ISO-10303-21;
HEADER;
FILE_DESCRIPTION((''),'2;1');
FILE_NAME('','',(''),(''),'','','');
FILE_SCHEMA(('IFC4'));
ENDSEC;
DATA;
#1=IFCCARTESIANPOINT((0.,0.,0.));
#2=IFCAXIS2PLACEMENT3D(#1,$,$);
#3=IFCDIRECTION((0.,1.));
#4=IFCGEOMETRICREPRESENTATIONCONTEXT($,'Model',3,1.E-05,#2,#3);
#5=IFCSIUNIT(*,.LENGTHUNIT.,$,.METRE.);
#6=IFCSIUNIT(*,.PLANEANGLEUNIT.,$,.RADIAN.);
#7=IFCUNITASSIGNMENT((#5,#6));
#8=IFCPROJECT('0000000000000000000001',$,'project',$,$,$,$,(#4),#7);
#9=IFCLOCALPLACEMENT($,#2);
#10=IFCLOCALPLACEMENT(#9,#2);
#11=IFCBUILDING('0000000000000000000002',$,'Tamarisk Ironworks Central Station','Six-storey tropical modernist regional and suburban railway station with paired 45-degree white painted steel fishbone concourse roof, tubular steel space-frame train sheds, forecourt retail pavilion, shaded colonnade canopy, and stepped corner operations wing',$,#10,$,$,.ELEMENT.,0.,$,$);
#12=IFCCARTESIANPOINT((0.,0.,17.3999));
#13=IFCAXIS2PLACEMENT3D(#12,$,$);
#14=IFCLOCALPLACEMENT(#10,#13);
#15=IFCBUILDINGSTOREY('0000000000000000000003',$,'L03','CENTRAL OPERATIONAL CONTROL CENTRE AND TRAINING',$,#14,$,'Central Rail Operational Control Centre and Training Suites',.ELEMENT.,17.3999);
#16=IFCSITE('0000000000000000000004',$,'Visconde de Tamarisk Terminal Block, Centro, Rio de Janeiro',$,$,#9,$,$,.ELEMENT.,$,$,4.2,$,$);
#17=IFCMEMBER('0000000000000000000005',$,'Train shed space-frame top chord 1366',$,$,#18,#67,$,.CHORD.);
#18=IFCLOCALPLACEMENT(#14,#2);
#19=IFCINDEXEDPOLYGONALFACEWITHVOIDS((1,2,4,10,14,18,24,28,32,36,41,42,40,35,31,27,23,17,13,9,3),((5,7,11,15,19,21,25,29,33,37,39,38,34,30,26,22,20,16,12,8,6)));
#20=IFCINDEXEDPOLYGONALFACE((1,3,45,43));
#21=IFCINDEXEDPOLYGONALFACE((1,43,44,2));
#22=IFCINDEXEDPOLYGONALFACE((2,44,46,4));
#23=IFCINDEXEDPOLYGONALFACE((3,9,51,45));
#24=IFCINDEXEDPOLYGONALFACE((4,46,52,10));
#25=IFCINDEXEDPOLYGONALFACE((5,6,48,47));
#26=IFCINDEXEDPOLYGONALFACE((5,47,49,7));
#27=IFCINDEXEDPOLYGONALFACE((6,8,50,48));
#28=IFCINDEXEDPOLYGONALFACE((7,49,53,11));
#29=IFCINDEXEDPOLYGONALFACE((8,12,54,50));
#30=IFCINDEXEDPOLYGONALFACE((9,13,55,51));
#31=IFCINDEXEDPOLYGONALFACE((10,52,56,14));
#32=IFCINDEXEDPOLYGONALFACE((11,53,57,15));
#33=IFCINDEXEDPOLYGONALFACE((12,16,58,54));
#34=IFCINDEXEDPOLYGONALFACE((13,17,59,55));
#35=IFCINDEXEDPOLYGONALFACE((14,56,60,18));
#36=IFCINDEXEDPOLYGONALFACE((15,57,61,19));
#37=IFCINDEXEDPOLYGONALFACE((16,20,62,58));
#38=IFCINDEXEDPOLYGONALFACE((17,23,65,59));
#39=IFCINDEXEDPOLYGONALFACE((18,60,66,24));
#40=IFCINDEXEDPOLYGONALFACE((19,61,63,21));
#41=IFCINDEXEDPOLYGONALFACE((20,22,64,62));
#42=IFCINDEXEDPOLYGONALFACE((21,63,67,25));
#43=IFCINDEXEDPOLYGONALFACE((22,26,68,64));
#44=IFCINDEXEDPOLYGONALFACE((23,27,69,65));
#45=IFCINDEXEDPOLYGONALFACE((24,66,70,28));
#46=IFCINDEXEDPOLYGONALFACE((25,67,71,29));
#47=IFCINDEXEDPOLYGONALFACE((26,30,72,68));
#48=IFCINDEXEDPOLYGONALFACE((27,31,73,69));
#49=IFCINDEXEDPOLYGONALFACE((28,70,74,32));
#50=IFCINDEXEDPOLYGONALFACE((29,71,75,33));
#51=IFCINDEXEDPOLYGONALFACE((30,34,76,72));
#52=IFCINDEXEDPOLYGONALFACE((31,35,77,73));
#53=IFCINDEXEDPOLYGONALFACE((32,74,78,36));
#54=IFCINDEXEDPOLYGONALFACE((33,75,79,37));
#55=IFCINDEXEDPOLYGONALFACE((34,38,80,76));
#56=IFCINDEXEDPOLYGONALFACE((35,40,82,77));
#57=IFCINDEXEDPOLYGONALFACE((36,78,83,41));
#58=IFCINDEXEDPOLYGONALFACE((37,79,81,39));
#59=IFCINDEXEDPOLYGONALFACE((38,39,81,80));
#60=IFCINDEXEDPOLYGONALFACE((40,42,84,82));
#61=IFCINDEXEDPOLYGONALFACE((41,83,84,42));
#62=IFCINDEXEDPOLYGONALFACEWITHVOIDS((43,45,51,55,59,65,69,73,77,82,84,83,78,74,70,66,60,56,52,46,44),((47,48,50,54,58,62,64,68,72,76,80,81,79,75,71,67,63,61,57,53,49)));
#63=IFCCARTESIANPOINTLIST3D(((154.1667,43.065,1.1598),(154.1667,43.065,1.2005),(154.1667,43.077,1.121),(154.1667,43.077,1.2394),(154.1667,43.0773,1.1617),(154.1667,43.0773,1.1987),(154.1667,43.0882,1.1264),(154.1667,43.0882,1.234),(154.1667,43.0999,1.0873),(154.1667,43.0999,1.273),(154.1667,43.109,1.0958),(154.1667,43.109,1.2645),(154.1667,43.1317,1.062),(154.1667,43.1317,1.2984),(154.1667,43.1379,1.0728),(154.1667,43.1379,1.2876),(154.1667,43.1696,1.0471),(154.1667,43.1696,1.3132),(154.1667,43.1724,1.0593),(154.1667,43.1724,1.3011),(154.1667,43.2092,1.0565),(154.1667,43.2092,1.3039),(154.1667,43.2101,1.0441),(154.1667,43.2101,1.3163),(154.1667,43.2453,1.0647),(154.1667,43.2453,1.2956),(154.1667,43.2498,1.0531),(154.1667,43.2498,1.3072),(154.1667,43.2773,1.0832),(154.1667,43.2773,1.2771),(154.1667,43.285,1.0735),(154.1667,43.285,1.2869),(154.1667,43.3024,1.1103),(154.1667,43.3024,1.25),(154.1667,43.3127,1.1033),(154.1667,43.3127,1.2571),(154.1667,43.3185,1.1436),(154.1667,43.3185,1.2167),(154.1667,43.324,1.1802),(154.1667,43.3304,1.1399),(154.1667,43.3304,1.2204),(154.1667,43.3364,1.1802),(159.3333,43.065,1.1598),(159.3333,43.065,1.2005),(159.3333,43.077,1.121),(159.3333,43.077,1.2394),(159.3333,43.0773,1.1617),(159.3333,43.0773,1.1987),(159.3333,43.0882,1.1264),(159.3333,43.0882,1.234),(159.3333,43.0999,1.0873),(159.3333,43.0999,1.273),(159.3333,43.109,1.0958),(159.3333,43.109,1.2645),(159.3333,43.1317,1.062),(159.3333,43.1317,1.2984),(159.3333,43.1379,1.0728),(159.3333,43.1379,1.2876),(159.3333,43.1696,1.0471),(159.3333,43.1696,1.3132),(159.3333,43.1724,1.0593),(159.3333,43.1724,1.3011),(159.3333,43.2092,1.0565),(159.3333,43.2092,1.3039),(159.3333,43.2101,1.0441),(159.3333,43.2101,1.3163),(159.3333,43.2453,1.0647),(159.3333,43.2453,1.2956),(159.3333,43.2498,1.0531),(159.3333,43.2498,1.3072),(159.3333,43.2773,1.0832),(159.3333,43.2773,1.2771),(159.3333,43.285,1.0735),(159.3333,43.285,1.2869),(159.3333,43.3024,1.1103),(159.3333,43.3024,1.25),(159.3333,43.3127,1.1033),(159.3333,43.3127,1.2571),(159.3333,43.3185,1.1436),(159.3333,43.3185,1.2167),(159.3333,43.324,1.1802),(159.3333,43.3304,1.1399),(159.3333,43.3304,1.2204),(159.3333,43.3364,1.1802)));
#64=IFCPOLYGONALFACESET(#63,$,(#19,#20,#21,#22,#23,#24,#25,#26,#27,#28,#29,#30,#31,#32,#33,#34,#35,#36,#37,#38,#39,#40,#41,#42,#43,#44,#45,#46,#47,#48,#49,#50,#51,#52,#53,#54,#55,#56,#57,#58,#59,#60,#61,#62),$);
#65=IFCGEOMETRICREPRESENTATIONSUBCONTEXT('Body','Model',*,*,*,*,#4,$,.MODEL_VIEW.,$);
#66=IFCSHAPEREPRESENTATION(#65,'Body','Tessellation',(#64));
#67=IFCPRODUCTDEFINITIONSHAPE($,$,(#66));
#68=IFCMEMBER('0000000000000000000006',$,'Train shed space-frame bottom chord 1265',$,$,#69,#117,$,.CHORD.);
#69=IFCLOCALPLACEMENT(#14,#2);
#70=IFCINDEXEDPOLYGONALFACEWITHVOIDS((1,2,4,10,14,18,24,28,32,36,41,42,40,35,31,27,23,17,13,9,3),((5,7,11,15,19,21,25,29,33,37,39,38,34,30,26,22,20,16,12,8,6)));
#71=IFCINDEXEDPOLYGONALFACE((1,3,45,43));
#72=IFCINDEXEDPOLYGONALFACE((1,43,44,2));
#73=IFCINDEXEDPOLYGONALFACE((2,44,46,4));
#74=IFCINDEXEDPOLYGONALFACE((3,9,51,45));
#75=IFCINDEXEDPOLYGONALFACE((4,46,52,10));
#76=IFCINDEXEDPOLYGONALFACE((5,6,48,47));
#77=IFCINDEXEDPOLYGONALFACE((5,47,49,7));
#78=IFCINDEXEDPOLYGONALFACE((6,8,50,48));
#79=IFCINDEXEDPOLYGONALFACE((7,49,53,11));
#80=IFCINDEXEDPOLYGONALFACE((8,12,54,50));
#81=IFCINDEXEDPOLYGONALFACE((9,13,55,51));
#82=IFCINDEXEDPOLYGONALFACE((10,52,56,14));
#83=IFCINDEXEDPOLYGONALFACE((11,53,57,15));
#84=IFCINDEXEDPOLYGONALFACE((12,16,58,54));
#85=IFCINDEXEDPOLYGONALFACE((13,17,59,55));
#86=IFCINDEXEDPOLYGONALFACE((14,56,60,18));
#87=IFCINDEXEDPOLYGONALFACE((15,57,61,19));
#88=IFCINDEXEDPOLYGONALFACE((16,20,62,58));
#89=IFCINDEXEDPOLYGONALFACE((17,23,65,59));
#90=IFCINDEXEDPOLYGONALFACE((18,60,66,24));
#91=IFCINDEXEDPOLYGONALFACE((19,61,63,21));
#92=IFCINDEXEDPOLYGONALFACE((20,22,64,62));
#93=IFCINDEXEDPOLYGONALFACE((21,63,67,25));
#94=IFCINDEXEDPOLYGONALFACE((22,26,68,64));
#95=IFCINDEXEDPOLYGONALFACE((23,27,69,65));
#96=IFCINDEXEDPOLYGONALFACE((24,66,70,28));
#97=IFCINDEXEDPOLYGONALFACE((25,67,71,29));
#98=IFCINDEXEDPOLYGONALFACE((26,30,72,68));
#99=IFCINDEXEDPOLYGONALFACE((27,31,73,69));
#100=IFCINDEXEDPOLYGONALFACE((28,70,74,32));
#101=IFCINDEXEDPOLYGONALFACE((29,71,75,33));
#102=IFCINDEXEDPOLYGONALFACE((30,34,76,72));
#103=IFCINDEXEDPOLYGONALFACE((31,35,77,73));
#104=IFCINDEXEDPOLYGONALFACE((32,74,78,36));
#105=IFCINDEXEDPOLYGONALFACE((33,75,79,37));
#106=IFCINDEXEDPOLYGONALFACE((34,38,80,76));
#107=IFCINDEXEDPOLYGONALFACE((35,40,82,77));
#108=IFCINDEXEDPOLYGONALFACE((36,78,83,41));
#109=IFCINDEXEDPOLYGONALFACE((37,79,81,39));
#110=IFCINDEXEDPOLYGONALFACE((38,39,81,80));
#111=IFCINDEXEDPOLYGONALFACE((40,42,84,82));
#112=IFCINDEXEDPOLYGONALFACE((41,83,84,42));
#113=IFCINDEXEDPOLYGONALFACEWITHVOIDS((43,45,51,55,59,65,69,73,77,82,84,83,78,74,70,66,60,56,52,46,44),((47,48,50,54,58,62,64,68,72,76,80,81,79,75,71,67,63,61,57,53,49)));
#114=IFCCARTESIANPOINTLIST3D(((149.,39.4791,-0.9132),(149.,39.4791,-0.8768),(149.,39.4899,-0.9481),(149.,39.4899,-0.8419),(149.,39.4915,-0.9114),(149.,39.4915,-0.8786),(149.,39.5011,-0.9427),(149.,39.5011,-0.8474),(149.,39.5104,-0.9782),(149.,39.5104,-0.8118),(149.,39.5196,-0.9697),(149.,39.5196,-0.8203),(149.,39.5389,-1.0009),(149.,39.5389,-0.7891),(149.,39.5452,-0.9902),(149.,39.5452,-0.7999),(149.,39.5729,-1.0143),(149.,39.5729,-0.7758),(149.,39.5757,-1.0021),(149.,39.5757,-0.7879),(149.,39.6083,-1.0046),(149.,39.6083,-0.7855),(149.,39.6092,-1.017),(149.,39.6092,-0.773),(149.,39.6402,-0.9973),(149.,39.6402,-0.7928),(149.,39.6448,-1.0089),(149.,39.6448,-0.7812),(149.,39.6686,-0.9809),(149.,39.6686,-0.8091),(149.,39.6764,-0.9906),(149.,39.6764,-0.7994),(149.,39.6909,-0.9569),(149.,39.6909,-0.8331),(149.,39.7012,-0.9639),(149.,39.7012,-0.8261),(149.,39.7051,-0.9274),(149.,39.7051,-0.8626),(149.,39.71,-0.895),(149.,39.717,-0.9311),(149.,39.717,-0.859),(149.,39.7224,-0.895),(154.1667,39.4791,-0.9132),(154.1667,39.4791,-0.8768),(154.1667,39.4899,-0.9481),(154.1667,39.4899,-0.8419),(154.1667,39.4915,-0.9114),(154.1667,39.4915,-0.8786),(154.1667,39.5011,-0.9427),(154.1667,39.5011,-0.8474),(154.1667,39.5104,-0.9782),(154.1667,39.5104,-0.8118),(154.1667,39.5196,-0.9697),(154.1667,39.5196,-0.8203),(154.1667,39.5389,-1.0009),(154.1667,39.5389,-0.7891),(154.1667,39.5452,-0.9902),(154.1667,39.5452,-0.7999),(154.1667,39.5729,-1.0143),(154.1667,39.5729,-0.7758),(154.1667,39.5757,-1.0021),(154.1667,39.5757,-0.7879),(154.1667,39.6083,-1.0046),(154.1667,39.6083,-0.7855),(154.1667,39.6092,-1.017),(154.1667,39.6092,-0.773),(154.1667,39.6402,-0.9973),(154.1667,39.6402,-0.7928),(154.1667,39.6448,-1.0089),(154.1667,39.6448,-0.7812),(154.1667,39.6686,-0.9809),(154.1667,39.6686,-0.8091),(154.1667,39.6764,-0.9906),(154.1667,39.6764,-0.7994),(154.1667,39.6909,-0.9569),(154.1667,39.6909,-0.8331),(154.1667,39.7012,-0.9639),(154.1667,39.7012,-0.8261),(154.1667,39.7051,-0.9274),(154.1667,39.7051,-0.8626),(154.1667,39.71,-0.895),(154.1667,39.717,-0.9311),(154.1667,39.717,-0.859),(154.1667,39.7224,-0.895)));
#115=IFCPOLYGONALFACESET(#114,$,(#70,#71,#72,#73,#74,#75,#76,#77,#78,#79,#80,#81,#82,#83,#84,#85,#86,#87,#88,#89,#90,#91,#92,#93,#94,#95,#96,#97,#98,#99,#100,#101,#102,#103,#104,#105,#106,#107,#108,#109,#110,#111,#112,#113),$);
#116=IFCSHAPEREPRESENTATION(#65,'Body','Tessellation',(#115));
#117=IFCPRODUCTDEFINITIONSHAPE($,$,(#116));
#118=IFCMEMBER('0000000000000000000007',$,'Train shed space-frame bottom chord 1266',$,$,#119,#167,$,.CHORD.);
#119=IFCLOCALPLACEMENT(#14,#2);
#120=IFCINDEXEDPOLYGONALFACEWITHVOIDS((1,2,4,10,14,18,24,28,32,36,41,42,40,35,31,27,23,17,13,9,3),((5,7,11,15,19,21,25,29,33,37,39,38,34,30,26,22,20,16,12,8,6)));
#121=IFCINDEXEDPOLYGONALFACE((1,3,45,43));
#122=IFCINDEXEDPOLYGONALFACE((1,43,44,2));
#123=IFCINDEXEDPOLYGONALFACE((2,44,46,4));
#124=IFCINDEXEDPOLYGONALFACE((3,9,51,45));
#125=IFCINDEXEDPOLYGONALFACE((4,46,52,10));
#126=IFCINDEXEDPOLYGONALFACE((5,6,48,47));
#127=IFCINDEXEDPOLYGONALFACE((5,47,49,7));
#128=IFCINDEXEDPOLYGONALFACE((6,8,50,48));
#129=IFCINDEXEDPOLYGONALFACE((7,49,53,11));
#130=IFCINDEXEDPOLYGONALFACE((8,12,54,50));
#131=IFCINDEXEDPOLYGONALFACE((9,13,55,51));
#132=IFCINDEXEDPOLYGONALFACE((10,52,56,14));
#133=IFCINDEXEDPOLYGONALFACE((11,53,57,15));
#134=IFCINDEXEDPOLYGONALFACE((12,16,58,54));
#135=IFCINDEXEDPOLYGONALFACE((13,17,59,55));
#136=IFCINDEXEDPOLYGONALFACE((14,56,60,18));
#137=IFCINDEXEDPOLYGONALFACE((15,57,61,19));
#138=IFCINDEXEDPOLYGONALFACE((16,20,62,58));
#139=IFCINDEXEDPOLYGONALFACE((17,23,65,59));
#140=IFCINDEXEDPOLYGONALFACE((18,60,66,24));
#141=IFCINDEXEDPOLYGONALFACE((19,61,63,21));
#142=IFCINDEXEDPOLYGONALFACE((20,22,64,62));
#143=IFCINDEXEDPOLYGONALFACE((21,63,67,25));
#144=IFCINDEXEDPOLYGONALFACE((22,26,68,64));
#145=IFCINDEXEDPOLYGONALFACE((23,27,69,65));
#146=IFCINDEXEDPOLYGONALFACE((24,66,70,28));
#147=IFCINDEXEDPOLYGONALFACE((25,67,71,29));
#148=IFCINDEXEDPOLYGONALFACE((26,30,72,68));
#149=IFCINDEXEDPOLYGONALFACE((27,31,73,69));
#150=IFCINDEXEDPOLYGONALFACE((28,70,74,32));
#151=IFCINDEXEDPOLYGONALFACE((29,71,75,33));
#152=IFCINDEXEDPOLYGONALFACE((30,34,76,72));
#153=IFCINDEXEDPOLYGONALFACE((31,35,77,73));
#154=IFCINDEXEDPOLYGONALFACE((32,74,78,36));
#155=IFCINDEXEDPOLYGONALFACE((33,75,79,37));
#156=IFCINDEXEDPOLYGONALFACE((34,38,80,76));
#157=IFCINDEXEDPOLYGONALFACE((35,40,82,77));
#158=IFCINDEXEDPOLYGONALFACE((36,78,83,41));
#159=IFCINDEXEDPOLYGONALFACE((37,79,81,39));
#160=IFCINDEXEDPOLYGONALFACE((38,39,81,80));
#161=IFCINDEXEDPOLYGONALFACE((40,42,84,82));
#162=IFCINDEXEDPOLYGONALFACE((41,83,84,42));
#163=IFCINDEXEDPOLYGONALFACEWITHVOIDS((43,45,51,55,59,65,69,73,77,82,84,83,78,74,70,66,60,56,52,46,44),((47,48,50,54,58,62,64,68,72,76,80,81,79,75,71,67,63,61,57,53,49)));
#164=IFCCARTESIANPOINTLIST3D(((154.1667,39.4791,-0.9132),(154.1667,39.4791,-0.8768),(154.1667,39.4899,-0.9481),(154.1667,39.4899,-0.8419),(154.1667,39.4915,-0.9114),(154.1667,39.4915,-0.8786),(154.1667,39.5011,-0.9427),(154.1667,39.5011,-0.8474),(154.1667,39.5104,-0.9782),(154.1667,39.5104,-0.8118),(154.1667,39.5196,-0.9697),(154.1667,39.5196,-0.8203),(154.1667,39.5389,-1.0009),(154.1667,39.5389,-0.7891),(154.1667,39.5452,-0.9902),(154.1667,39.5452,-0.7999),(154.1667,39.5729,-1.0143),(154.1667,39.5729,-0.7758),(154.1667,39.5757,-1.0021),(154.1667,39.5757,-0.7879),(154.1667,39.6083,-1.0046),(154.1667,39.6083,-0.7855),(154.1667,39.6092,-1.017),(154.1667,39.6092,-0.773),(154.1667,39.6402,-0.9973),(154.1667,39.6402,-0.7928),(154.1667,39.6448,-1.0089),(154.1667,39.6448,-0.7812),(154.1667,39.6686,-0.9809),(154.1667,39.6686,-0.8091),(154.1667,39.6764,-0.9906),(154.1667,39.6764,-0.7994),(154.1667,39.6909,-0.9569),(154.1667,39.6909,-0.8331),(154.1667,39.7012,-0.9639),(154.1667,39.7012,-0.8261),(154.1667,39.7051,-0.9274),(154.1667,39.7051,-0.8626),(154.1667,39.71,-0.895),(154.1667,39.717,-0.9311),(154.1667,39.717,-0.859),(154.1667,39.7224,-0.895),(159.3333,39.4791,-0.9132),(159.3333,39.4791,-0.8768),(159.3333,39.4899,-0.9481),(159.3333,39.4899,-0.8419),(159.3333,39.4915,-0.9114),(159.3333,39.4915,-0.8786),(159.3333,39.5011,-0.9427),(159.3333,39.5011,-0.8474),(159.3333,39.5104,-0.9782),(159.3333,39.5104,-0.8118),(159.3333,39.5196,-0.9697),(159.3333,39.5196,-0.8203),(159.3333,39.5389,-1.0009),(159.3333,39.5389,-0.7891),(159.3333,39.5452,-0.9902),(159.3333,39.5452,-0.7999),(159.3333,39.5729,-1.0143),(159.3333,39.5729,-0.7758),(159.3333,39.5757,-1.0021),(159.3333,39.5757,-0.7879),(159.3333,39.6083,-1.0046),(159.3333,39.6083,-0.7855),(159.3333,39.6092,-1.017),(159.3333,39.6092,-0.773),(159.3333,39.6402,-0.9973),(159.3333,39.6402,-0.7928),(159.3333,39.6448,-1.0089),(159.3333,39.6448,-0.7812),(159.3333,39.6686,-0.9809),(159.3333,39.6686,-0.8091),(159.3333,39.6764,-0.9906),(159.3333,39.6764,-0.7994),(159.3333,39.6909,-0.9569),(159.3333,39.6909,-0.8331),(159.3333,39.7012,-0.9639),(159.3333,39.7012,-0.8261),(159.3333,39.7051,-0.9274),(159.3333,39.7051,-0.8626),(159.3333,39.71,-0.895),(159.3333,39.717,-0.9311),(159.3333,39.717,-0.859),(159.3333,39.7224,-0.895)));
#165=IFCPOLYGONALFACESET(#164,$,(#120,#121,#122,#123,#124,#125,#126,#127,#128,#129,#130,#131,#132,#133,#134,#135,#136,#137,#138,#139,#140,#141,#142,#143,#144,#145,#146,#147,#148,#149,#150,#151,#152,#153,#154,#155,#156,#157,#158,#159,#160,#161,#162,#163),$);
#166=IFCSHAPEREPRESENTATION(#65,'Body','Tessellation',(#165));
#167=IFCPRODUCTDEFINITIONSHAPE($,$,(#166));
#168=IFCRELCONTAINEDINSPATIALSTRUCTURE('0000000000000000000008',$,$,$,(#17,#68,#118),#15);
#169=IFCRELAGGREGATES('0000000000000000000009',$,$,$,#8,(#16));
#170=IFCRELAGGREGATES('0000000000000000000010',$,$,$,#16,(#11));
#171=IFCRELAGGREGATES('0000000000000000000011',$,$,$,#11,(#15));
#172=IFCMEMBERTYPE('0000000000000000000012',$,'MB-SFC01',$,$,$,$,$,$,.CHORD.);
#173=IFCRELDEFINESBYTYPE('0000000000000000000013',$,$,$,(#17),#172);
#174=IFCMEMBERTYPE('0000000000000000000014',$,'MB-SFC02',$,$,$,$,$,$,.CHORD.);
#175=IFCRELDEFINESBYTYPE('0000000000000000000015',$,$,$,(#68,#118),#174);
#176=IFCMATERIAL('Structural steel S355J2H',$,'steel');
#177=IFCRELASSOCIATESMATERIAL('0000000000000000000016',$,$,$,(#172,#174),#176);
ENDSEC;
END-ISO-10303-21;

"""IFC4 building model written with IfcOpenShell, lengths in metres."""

from ifc_helpers import new_model, si_unit, direction, frame, origin, origin_2d, place, context, subcontext, project, spatial, hollow_circle, extrude, material, material_profile, profile_set, type_object, element, save


model = new_model("IFC4")

# Units and contexts
model_context = context("Model", 3, precision=1e-05, world=origin(), true_north=direction((0.0, 1.0)))
body_context = subcontext(model_context, "Body", "Model", "MODEL_VIEW")
ifc_project = project(units=[si_unit("LENGTHUNIT", "METRE"), si_unit("PLANEANGLEUNIT", "RADIAN")], contexts=[model_context])

# Site, building, storey
site_placement = place(None, origin())
site = spatial("IfcSite", under=ifc_project, at=site_placement, Name="Visconde de Tamarisk Terminal Block, Centro, Rio de Janeiro", CompositionType="ELEMENT", RefElevation=4.2)
building_placement = place(site_placement, origin())
building = spatial("IfcBuilding", under=site, at=building_placement, Name="Tamarisk Ironworks Central Station", Description="Six-storey tropical modernist regional and suburban railway station with paired 45-degree white painted steel fishbone concourse roof, tubular steel space-frame train sheds, forecourt retail pavilion, shaded colonnade canopy, and stepped corner operations wing", CompositionType="ELEMENT", ElevationOfRefHeight=0.0)
storey_placement = place(building_placement, frame((0.0, 0.0, 17.3999)))
storey = spatial("IfcBuildingStorey", under=building, at=storey_placement, Name="L03", Description="CENTRAL OPERATIONAL CONTROL CENTRE AND TRAINING", LongName="Central Rail Operational Control Centre and Training Suites", CompositionType="ELEMENT", Elevation=17.3999)

# Members
ifc_material = material(Name="Structural steel S355J2H", Category="steel")
ifc_material_profile_1 = material_profile(ifc_material, hollow_circle(Radius=0.1365, WallThickness=0.0125, at=origin_2d()), Name="CHS 273x12.5")
ifc_profile_set_1 = profile_set([ifc_material_profile_1], Name="Structural steel S355J2H")
member_type_1 = type_object("IfcMemberType", Name="MB-SFC01", PredefinedType="CHORD", material=ifc_profile_set_1)
member_1_placement = place(storey_placement, frame((154.1667, 43.2, 1.1802), z_axis=(1.0, 0.0, 0.0), x_axis=(0.0, 1.0, 0.0)))
element("IfcMember", 1, at=member_1_placement, inside=storey, type_object=member_type_1, Name="Train shed space-frame top chord 1366", PredefinedType="CHORD", context=body_context, shape_type="SweptSolid", body=[
    extrude(hollow_circle(Radius=0.1365, WallThickness=0.0125, at=origin_2d()), origin(), (0.0, 0.0, 1.0), 5.1665),
])
ifc_material_profile_2 = material_profile(ifc_material, hollow_circle(Radius=0.1223, WallThickness=0.0125, at=origin_2d()), Name="CHS 244.5x12.5")
ifc_profile_set_2 = profile_set([ifc_material_profile_2], Name="Structural steel S355J2H")
member_type_2 = type_object("IfcMemberType", Name="MB-SFC02", PredefinedType="CHORD", material=ifc_profile_set_2)
member_2_placement = place(storey_placement, frame((149.0, 39.6001, -0.895), z_axis=(1.0, 0.0, 0.0), x_axis=(0.0, 1.0, 0.0)))
element("IfcMember", 2, at=member_2_placement, inside=storey, type_object=member_type_2, Name="Train shed space-frame bottom chord 1265", PredefinedType="CHORD", context=body_context, shape_type="SweptSolid", body=[
    extrude(hollow_circle(Radius=0.1223, WallThickness=0.0125, at=origin_2d()), origin(), (0.0, 0.0, 1.0), 5.1667),
])
member_3_placement = place(storey_placement, frame((154.1667, 39.6001, -0.895), z_axis=(1.0, 0.0, 0.0), x_axis=(0.0, 1.0, 0.0)))
element("IfcMember", 3, at=member_3_placement, inside=storey, type_object=member_type_2, Name="Train shed space-frame bottom chord 1266", PredefinedType="CHORD", context=body_context, shape_type="SweptSolid", body=[
    extrude(hollow_circle(Radius=0.1223, WallThickness=0.0125, at=origin_2d()), origin(), (0.0, 0.0, 1.0), 5.1665),
])

save(model, "model.ifc")
